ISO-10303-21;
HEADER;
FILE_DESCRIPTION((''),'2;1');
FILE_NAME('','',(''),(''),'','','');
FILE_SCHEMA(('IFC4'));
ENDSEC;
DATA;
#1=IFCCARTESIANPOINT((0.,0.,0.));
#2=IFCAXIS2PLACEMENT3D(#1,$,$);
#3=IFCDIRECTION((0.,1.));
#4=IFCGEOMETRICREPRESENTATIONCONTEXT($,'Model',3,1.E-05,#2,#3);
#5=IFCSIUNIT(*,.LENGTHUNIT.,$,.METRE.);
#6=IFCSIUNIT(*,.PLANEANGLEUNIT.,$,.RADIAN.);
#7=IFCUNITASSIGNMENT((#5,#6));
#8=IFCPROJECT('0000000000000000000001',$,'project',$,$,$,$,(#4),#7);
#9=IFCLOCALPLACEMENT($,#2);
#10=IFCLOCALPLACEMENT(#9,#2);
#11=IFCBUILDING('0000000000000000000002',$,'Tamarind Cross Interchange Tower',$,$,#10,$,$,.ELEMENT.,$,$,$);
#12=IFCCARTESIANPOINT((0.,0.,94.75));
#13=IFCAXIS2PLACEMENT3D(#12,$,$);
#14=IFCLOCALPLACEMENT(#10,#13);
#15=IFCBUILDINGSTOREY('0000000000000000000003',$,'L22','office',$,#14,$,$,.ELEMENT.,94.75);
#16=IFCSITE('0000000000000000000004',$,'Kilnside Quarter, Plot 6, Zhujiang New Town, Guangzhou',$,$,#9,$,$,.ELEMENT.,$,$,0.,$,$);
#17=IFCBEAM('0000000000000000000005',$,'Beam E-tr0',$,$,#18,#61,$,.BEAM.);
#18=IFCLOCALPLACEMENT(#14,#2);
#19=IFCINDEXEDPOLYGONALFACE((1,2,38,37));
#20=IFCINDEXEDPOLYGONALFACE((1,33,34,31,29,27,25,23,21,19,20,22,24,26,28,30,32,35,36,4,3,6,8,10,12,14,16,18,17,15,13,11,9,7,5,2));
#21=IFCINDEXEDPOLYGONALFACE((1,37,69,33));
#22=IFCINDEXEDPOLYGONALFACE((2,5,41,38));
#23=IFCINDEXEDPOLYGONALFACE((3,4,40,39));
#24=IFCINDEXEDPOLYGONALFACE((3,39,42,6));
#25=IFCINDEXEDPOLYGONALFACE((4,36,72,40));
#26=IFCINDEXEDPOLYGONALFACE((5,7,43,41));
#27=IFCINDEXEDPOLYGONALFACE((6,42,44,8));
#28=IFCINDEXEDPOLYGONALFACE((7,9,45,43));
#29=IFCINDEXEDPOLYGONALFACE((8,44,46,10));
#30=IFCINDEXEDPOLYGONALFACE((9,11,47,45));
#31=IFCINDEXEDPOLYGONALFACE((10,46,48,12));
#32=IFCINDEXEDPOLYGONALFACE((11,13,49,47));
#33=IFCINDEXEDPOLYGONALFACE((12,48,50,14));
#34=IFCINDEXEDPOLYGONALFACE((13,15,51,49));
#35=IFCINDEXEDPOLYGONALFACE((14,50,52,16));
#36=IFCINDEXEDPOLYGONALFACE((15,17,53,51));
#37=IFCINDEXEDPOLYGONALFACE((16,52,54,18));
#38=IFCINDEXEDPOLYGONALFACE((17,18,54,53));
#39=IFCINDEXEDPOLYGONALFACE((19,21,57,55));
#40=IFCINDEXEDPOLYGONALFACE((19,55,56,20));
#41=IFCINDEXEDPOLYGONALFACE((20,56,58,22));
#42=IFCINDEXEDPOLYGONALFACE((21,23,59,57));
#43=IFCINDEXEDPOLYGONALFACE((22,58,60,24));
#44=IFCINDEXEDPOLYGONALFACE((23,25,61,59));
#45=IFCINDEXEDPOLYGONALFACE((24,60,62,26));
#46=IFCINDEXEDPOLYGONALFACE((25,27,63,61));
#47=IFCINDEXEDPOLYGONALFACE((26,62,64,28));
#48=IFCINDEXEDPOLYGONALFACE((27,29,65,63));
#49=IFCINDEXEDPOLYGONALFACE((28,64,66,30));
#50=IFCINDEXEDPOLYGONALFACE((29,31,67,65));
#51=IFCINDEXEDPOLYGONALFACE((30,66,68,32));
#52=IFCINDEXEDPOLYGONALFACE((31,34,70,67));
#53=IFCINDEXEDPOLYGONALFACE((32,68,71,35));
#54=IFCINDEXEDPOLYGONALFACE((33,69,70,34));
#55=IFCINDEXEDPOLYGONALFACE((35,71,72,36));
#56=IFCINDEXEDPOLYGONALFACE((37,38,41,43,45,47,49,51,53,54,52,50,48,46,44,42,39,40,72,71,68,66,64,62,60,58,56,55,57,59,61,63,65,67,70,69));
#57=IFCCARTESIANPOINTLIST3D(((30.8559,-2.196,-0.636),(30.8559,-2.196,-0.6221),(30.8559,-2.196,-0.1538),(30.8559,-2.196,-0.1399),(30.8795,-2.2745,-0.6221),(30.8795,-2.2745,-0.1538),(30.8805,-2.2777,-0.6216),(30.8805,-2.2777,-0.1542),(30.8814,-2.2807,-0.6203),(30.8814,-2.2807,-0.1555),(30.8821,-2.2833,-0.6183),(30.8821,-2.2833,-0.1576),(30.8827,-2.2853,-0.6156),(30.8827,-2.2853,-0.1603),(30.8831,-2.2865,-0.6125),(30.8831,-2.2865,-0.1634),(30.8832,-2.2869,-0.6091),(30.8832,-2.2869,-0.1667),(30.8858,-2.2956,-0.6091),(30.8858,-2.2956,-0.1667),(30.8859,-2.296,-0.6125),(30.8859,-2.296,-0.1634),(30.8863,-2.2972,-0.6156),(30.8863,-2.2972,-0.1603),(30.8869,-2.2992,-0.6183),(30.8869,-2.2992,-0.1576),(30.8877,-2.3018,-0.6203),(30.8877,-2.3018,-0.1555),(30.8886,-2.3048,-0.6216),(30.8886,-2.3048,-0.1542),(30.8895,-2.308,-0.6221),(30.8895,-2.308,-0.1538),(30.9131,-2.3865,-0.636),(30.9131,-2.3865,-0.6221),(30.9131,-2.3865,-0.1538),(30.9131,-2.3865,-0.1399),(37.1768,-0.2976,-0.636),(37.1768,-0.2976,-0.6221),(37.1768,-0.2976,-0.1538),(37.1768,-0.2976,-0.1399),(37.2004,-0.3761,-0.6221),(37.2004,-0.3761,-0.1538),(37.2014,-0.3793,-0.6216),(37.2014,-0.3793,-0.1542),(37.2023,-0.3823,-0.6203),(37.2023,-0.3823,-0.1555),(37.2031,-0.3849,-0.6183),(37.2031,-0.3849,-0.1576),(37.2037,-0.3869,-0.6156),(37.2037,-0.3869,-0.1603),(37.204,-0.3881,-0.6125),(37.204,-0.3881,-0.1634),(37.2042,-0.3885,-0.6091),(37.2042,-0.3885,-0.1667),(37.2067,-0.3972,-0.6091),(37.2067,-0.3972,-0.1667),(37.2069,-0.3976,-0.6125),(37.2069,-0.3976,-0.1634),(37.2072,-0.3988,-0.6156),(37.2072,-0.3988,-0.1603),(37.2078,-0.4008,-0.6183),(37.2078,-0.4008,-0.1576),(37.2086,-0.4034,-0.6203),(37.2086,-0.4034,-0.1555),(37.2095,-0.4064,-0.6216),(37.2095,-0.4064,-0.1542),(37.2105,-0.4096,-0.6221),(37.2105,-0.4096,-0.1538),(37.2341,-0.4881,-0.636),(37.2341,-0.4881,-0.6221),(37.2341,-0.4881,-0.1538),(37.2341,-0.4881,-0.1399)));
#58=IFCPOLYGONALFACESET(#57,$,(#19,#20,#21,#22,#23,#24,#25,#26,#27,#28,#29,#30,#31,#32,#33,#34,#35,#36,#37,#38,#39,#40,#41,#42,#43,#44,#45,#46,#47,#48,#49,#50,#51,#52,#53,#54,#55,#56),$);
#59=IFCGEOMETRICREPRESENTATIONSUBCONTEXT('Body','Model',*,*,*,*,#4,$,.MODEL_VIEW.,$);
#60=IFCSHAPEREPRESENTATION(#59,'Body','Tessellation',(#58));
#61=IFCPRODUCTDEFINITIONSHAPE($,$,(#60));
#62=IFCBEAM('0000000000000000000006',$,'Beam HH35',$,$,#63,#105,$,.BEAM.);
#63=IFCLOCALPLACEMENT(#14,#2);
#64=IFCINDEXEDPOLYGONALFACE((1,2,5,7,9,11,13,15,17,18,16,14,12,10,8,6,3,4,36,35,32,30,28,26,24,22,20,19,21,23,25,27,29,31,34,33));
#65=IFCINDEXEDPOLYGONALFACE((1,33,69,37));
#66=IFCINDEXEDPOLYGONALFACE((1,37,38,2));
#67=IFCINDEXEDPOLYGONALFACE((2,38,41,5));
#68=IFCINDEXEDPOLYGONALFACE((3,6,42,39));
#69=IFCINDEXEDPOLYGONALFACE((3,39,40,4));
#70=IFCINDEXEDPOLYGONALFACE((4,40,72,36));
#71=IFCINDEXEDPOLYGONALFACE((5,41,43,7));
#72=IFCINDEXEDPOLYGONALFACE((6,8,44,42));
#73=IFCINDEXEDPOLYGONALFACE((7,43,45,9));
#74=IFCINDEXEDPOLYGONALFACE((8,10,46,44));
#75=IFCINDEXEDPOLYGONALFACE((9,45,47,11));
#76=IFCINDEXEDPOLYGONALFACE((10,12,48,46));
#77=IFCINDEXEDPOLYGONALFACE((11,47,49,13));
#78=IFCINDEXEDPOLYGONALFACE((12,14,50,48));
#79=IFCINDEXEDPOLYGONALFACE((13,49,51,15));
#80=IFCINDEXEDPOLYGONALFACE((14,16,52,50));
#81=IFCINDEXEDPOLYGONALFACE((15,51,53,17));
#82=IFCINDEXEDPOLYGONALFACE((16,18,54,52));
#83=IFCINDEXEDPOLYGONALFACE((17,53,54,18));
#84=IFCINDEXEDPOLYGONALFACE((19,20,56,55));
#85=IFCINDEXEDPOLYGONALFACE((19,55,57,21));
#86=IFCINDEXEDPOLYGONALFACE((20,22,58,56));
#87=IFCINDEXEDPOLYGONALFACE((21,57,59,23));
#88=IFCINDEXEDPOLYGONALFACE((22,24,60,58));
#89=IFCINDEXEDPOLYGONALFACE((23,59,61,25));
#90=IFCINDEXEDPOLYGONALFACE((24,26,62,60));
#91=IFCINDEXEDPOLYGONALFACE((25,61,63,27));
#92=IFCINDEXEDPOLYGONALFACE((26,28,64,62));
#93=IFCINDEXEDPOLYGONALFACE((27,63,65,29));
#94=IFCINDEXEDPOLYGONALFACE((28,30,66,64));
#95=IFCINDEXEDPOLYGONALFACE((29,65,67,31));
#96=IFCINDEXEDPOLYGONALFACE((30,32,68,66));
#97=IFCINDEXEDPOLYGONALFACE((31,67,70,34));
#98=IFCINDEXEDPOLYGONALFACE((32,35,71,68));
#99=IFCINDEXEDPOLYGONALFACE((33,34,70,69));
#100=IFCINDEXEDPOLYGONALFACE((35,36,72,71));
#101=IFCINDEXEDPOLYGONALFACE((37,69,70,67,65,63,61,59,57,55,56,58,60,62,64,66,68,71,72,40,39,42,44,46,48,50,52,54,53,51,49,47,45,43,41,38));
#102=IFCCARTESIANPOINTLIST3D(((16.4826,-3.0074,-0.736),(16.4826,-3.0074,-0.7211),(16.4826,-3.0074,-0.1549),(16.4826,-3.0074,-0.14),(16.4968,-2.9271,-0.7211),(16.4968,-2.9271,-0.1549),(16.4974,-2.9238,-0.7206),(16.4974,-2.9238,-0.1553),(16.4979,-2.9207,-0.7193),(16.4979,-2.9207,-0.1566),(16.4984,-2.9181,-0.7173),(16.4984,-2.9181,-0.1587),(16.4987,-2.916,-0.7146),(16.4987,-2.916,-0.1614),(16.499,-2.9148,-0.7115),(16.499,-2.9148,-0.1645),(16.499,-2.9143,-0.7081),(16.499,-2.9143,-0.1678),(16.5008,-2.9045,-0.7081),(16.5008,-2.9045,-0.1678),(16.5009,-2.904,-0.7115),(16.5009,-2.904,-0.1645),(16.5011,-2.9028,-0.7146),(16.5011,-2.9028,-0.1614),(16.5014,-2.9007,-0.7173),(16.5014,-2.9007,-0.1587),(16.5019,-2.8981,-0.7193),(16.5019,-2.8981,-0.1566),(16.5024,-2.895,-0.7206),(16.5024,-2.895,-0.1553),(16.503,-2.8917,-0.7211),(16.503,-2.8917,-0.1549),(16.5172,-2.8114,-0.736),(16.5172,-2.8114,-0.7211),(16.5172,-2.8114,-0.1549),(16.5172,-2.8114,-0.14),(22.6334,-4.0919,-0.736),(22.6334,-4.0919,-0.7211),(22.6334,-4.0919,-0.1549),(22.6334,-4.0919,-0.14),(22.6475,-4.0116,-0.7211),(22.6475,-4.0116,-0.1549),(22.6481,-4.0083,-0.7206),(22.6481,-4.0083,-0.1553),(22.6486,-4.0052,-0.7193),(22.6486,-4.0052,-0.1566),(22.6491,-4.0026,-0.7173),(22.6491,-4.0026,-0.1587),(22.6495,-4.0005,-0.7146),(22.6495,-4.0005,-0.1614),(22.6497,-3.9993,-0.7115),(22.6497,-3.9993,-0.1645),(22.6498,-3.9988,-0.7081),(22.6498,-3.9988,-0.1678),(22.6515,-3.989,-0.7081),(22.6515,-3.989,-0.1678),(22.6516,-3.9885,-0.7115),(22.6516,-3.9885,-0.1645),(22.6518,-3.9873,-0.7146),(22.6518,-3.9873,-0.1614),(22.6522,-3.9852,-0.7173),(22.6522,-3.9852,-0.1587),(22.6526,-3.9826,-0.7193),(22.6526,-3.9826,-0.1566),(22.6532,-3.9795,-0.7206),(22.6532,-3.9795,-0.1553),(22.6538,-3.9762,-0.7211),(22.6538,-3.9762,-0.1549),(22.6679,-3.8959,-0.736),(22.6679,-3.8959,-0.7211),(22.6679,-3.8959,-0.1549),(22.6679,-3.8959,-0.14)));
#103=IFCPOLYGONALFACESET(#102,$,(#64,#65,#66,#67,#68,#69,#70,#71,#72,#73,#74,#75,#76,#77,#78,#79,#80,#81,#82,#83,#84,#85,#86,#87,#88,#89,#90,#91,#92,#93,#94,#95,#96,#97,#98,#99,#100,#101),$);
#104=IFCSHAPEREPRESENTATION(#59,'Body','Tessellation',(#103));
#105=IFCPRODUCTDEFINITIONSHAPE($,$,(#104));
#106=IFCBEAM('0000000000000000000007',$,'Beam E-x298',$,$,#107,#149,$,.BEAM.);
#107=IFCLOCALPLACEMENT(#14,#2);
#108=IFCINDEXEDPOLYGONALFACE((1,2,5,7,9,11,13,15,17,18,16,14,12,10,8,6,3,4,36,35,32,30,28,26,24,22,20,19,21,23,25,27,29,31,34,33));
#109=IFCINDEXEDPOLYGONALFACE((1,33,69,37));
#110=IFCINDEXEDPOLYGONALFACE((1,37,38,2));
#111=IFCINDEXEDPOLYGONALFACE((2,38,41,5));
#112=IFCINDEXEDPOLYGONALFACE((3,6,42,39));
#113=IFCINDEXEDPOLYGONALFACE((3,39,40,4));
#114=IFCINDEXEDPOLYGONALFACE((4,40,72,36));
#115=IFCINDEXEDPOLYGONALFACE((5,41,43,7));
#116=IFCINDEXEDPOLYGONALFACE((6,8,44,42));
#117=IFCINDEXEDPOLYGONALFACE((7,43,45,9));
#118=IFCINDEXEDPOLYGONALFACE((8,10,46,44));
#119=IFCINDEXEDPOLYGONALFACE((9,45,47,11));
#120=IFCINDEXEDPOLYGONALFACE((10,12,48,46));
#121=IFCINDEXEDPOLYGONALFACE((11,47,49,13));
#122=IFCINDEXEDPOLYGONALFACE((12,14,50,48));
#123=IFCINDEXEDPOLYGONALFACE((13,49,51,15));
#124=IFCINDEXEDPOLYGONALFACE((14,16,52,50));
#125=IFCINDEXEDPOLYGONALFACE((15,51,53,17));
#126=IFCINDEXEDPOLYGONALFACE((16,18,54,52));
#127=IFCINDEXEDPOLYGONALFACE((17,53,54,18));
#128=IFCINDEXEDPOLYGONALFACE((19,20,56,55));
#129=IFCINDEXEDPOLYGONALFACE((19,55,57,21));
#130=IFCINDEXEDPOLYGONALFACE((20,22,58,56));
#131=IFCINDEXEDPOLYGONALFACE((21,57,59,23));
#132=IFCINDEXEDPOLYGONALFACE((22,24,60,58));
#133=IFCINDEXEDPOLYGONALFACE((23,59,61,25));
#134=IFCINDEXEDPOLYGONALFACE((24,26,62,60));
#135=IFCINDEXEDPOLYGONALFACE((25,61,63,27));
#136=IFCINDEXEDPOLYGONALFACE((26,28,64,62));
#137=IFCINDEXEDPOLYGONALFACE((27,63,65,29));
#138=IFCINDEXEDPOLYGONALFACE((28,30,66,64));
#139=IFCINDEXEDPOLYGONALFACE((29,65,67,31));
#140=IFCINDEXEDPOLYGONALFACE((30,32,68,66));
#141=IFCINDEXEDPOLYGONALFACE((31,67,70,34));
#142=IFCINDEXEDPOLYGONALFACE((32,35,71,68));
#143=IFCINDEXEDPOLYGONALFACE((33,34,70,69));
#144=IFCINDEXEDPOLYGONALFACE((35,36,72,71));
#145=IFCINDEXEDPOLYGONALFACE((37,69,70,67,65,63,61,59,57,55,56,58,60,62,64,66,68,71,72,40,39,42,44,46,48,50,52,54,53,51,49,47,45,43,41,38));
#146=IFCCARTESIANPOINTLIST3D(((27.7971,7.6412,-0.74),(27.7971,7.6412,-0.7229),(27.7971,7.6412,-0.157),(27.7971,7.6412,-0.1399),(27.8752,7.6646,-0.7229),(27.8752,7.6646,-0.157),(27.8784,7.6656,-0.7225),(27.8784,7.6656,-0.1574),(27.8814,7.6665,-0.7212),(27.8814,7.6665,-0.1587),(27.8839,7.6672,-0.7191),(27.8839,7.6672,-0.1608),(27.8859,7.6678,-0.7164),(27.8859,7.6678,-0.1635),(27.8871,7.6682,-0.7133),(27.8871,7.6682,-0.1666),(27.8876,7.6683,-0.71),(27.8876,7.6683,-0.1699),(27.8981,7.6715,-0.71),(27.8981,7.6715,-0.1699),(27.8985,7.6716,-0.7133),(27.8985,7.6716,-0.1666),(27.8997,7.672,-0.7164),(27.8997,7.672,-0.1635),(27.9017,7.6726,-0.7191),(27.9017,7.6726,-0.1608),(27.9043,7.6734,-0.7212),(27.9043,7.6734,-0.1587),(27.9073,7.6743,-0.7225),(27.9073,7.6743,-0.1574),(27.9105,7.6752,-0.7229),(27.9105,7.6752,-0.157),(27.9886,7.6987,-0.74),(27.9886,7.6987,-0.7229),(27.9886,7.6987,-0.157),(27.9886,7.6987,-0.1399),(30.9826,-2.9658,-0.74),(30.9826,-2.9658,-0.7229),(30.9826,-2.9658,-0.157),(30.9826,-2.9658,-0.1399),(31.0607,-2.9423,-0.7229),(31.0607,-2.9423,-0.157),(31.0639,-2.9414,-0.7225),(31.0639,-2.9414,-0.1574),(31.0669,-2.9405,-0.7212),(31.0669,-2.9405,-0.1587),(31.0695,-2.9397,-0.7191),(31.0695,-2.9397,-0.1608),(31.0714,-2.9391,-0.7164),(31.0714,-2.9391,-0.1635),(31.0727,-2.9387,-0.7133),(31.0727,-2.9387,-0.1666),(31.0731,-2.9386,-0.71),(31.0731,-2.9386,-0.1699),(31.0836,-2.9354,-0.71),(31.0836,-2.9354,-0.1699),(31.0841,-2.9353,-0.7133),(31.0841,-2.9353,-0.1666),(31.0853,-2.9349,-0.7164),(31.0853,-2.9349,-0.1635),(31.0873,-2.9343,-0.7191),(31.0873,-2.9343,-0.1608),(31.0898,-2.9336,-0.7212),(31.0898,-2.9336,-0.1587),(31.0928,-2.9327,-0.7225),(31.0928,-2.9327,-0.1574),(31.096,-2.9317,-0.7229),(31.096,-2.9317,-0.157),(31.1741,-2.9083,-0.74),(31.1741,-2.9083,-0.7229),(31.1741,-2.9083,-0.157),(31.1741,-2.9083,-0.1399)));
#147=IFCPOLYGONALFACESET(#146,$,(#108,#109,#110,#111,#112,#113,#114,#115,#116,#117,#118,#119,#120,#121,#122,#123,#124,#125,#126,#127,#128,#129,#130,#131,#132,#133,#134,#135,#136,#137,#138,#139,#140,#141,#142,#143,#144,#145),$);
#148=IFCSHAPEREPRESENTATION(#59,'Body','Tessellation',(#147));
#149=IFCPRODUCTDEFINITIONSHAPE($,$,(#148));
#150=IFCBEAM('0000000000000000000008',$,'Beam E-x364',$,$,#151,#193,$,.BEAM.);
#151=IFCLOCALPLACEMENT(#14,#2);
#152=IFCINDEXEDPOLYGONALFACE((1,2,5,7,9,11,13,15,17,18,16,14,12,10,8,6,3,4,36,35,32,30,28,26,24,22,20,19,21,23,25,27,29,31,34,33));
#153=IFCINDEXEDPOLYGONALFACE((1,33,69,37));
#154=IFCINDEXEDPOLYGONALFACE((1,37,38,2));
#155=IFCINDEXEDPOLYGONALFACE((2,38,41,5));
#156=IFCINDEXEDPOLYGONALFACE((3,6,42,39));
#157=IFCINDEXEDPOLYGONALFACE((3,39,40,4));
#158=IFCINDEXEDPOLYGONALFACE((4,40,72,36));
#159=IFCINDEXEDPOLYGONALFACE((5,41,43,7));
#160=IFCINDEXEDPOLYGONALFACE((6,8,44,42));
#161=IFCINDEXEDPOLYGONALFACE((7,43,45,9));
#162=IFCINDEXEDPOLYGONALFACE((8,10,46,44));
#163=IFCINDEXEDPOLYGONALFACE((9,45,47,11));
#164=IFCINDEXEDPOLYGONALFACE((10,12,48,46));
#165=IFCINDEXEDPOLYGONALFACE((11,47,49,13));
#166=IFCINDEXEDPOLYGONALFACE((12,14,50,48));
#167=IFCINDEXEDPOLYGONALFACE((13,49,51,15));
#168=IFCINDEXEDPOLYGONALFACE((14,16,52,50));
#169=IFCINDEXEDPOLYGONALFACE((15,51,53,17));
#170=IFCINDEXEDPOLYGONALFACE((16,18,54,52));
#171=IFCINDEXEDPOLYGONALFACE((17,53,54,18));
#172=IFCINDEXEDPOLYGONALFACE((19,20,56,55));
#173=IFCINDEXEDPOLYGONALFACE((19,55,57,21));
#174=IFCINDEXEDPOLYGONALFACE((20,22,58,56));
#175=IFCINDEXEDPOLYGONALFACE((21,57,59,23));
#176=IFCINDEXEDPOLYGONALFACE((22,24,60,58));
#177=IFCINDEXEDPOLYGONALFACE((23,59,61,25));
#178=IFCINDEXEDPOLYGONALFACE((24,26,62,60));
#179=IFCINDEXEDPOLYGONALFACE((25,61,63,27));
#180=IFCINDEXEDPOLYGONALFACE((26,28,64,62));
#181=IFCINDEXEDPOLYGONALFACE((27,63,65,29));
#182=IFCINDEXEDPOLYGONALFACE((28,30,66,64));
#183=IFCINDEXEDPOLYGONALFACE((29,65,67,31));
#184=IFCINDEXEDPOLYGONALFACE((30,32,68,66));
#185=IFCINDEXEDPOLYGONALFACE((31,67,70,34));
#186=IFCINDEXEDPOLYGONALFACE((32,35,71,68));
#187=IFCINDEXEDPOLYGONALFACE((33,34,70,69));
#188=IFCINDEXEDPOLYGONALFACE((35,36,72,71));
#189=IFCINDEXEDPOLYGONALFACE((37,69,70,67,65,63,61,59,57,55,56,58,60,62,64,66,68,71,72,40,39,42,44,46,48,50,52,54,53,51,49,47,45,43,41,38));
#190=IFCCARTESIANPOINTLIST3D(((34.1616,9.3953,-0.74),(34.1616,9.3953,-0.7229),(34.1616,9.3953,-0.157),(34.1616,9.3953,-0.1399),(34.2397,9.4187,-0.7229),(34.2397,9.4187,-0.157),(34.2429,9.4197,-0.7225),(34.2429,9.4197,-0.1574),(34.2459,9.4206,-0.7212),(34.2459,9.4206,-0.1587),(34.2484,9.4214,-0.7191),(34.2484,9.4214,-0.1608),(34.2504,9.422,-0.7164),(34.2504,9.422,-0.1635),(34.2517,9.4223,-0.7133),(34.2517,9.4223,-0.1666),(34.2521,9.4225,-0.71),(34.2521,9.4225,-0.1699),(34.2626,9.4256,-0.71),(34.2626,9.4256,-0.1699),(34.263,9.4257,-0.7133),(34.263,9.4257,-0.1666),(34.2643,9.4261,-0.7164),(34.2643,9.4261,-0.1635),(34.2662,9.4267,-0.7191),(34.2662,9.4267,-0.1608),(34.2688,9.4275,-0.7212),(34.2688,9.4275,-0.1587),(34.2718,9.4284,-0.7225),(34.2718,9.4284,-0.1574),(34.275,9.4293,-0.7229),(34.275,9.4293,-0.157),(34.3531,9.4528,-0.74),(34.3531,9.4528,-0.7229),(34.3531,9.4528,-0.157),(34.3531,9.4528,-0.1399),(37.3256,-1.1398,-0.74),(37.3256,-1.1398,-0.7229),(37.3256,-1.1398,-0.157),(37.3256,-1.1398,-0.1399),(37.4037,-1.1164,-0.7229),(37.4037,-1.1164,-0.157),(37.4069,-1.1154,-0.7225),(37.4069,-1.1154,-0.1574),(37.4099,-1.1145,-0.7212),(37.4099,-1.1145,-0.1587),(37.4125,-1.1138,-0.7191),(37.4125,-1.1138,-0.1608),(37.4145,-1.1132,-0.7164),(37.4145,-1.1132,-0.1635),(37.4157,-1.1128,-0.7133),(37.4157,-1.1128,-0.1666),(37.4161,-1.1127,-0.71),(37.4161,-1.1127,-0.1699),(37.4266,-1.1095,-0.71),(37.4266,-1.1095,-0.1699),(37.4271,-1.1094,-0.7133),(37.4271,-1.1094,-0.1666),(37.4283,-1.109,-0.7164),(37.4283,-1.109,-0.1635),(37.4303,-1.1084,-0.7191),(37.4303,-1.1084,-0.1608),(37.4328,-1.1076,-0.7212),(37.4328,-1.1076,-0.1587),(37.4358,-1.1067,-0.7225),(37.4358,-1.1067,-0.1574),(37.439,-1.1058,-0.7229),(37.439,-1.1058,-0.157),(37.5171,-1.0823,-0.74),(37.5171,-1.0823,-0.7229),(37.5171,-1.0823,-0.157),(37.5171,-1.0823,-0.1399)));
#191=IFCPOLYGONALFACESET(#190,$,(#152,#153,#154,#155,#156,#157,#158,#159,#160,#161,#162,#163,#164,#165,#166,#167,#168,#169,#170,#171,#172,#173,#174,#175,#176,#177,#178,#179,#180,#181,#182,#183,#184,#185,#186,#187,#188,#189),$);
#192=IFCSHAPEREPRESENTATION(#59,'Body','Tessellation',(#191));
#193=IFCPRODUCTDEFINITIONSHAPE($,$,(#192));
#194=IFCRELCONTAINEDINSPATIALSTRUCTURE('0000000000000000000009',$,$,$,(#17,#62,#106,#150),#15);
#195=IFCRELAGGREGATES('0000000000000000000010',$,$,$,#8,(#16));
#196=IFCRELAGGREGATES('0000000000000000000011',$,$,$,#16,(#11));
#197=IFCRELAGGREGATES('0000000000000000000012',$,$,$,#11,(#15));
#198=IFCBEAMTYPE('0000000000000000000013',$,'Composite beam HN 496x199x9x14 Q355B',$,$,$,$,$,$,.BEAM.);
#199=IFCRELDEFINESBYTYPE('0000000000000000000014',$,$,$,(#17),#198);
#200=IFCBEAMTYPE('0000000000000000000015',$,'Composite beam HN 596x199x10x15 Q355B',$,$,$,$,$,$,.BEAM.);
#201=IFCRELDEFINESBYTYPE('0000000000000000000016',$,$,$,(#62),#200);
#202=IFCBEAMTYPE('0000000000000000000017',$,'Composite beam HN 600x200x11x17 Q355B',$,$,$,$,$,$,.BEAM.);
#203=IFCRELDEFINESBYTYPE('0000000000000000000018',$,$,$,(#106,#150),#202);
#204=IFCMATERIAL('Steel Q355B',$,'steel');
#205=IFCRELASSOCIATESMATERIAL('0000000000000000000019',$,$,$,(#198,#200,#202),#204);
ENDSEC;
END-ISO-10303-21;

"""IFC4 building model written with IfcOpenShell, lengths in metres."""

from ifc_helpers import new_model, si_unit, direction, frame, origin, origin_2d, place, context, subcontext, project, spatial, i_section, extrude, material, material_profile, profile_set, type_object, element, save


model = new_model("IFC4")

# Units and contexts
model_context = context("Model", 3, precision=1e-05, world=origin(), true_north=direction((0.0, 1.0)))
body_context = subcontext(model_context, "Body", "Model", "MODEL_VIEW")
ifc_project = project(units=[si_unit("LENGTHUNIT", "METRE"), si_unit("PLANEANGLEUNIT", "RADIAN")], contexts=[model_context])

# Site, building, storey
site_placement = place(None, origin())
site = spatial("IfcSite", under=ifc_project, at=site_placement, Name="Kilnside Quarter, Plot 6, Zhujiang New Town, Guangzhou", CompositionType="ELEMENT", RefElevation=0.0)
building_placement = place(site_placement, origin())
building = spatial("IfcBuilding", under=site, at=building_placement, Name="Tamarind Cross Interchange Tower", CompositionType="ELEMENT")
storey_placement = place(building_placement, frame((0.0, 0.0, 94.75)))
storey = spatial("IfcBuildingStorey", under=building, at=storey_placement, Name="L22", Description="office", CompositionType="ELEMENT", Elevation=94.75)

# Beams
ifc_material_1 = material(Name="Steel Q355B", Category="steel")
ifc_material_profile_1 = material_profile(ifc_material_1, i_section(OverallWidth=0.199, OverallDepth=0.4961, WebThickness=0.009, FlangeThickness=0.0139, FilletRadius=0.0129, at=origin_2d()), Name="HN 496x199x9x14")
ifc_profile_set_1 = profile_set([ifc_material_profile_1], Name="Steel Q355B")
beam_type_1 = type_object("IfcBeamType", Name="Composite beam HN 496x199x9x14 Q355B", PredefinedType="BEAM", material=ifc_profile_set_1)
beam_1_placement = place(storey_placement, frame((30.8845, -2.2913, -0.3879), z_axis=(0.957738, 0.287643, 0.0), x_axis=(-0.287643, 0.957738, 0.0)))
element("IfcBeam", 1, at=beam_1_placement, inside=storey, type_object=beam_type_1, Name="Beam E-tr0", PredefinedType="BEAM", context=body_context, shape_type="SweptSolid", body=[
    extrude(i_section(OverallWidth=0.199, OverallDepth=0.4961, WebThickness=0.009, FlangeThickness=0.0139, FilletRadius=0.0129, at=origin_2d()), origin(), (0.0, 0.0, 1.0), 6.5999),
])
ifc_material_profile_2 = material_profile(ifc_material_1, i_section(OverallWidth=0.199, OverallDepth=0.5959, WebThickness=0.01, FlangeThickness=0.0149, FilletRadius=0.0129, at=origin_2d()), Name="HN 596x199x10x15")
ifc_profile_set_2 = profile_set([ifc_material_profile_2], Name="Steel Q355B")
beam_type_2 = type_object("IfcBeamType", Name="Composite beam HN 596x199x10x15 Q355B", PredefinedType="BEAM", material=ifc_profile_set_2)
beam_2_placement = place(storey_placement, frame((22.6506, -3.9939, -0.438), z_axis=(-0.984809, 0.17364, 0.0), x_axis=(-0.17364, -0.984809, 0.0)))
element("IfcBeam", 2, at=beam_2_placement, inside=storey, type_object=beam_type_2, Name="Beam HH35", PredefinedType="BEAM", context=body_context, shape_type="SweptSolid", body=[
    extrude(i_section(OverallWidth=0.199, OverallDepth=0.5959, WebThickness=0.01, FlangeThickness=0.0149, FilletRadius=0.0129, at=origin_2d()), origin(), (0.0, 0.0, 1.0), 6.2456),
])
ifc_material_profile_3 = material_profile(ifc_material_1, i_section(OverallWidth=0.2, OverallDepth=0.6001, WebThickness=0.011, FlangeThickness=0.0171, FilletRadius=0.0129, at=origin_2d()), Name="HN 600x200x11x17")
ifc_profile_set_3 = profile_set([ifc_material_profile_3], Name="Steel Q355B")
beam_type_3 = type_object("IfcBeamType", Name="Composite beam HN 600x200x11x17 Q355B", PredefinedType="BEAM", material=ifc_profile_set_3)
beam_3_placement = place(storey_placement, frame((31.0784, -2.937, -0.4399), z_axis=(-0.287635, 0.95774, 0.0), x_axis=(-0.95774, -0.287635, 0.0)))
element("IfcBeam", 3, at=beam_3_placement, inside=storey, type_object=beam_type_3, Name="Beam E-x298", PredefinedType="BEAM", context=body_context, shape_type="SweptSolid", body=[
    extrude(i_section(OverallWidth=0.2, OverallDepth=0.6001, WebThickness=0.011, FlangeThickness=0.0171, FilletRadius=0.0129, at=origin_2d()), origin(), (0.0, 0.0, 1.0), 11.075),
])
beam_4_placement = place(storey_placement, frame((37.4214, -1.1111, -0.4399), z_axis=(-0.287641, 0.957738, 0.0), x_axis=(-0.957738, -0.287641, 0.0)))
element("IfcBeam", 4, at=beam_4_placement, inside=storey, type_object=beam_type_3, Name="Beam E-x364", PredefinedType="BEAM", context=body_context, shape_type="SweptSolid", body=[
    extrude(i_section(OverallWidth=0.2, OverallDepth=0.6001, WebThickness=0.011, FlangeThickness=0.0171, FilletRadius=0.0129, at=origin_2d()), origin(), (0.0, 0.0, 1.0), 11.0),
])

save(model, "model.ifc")
